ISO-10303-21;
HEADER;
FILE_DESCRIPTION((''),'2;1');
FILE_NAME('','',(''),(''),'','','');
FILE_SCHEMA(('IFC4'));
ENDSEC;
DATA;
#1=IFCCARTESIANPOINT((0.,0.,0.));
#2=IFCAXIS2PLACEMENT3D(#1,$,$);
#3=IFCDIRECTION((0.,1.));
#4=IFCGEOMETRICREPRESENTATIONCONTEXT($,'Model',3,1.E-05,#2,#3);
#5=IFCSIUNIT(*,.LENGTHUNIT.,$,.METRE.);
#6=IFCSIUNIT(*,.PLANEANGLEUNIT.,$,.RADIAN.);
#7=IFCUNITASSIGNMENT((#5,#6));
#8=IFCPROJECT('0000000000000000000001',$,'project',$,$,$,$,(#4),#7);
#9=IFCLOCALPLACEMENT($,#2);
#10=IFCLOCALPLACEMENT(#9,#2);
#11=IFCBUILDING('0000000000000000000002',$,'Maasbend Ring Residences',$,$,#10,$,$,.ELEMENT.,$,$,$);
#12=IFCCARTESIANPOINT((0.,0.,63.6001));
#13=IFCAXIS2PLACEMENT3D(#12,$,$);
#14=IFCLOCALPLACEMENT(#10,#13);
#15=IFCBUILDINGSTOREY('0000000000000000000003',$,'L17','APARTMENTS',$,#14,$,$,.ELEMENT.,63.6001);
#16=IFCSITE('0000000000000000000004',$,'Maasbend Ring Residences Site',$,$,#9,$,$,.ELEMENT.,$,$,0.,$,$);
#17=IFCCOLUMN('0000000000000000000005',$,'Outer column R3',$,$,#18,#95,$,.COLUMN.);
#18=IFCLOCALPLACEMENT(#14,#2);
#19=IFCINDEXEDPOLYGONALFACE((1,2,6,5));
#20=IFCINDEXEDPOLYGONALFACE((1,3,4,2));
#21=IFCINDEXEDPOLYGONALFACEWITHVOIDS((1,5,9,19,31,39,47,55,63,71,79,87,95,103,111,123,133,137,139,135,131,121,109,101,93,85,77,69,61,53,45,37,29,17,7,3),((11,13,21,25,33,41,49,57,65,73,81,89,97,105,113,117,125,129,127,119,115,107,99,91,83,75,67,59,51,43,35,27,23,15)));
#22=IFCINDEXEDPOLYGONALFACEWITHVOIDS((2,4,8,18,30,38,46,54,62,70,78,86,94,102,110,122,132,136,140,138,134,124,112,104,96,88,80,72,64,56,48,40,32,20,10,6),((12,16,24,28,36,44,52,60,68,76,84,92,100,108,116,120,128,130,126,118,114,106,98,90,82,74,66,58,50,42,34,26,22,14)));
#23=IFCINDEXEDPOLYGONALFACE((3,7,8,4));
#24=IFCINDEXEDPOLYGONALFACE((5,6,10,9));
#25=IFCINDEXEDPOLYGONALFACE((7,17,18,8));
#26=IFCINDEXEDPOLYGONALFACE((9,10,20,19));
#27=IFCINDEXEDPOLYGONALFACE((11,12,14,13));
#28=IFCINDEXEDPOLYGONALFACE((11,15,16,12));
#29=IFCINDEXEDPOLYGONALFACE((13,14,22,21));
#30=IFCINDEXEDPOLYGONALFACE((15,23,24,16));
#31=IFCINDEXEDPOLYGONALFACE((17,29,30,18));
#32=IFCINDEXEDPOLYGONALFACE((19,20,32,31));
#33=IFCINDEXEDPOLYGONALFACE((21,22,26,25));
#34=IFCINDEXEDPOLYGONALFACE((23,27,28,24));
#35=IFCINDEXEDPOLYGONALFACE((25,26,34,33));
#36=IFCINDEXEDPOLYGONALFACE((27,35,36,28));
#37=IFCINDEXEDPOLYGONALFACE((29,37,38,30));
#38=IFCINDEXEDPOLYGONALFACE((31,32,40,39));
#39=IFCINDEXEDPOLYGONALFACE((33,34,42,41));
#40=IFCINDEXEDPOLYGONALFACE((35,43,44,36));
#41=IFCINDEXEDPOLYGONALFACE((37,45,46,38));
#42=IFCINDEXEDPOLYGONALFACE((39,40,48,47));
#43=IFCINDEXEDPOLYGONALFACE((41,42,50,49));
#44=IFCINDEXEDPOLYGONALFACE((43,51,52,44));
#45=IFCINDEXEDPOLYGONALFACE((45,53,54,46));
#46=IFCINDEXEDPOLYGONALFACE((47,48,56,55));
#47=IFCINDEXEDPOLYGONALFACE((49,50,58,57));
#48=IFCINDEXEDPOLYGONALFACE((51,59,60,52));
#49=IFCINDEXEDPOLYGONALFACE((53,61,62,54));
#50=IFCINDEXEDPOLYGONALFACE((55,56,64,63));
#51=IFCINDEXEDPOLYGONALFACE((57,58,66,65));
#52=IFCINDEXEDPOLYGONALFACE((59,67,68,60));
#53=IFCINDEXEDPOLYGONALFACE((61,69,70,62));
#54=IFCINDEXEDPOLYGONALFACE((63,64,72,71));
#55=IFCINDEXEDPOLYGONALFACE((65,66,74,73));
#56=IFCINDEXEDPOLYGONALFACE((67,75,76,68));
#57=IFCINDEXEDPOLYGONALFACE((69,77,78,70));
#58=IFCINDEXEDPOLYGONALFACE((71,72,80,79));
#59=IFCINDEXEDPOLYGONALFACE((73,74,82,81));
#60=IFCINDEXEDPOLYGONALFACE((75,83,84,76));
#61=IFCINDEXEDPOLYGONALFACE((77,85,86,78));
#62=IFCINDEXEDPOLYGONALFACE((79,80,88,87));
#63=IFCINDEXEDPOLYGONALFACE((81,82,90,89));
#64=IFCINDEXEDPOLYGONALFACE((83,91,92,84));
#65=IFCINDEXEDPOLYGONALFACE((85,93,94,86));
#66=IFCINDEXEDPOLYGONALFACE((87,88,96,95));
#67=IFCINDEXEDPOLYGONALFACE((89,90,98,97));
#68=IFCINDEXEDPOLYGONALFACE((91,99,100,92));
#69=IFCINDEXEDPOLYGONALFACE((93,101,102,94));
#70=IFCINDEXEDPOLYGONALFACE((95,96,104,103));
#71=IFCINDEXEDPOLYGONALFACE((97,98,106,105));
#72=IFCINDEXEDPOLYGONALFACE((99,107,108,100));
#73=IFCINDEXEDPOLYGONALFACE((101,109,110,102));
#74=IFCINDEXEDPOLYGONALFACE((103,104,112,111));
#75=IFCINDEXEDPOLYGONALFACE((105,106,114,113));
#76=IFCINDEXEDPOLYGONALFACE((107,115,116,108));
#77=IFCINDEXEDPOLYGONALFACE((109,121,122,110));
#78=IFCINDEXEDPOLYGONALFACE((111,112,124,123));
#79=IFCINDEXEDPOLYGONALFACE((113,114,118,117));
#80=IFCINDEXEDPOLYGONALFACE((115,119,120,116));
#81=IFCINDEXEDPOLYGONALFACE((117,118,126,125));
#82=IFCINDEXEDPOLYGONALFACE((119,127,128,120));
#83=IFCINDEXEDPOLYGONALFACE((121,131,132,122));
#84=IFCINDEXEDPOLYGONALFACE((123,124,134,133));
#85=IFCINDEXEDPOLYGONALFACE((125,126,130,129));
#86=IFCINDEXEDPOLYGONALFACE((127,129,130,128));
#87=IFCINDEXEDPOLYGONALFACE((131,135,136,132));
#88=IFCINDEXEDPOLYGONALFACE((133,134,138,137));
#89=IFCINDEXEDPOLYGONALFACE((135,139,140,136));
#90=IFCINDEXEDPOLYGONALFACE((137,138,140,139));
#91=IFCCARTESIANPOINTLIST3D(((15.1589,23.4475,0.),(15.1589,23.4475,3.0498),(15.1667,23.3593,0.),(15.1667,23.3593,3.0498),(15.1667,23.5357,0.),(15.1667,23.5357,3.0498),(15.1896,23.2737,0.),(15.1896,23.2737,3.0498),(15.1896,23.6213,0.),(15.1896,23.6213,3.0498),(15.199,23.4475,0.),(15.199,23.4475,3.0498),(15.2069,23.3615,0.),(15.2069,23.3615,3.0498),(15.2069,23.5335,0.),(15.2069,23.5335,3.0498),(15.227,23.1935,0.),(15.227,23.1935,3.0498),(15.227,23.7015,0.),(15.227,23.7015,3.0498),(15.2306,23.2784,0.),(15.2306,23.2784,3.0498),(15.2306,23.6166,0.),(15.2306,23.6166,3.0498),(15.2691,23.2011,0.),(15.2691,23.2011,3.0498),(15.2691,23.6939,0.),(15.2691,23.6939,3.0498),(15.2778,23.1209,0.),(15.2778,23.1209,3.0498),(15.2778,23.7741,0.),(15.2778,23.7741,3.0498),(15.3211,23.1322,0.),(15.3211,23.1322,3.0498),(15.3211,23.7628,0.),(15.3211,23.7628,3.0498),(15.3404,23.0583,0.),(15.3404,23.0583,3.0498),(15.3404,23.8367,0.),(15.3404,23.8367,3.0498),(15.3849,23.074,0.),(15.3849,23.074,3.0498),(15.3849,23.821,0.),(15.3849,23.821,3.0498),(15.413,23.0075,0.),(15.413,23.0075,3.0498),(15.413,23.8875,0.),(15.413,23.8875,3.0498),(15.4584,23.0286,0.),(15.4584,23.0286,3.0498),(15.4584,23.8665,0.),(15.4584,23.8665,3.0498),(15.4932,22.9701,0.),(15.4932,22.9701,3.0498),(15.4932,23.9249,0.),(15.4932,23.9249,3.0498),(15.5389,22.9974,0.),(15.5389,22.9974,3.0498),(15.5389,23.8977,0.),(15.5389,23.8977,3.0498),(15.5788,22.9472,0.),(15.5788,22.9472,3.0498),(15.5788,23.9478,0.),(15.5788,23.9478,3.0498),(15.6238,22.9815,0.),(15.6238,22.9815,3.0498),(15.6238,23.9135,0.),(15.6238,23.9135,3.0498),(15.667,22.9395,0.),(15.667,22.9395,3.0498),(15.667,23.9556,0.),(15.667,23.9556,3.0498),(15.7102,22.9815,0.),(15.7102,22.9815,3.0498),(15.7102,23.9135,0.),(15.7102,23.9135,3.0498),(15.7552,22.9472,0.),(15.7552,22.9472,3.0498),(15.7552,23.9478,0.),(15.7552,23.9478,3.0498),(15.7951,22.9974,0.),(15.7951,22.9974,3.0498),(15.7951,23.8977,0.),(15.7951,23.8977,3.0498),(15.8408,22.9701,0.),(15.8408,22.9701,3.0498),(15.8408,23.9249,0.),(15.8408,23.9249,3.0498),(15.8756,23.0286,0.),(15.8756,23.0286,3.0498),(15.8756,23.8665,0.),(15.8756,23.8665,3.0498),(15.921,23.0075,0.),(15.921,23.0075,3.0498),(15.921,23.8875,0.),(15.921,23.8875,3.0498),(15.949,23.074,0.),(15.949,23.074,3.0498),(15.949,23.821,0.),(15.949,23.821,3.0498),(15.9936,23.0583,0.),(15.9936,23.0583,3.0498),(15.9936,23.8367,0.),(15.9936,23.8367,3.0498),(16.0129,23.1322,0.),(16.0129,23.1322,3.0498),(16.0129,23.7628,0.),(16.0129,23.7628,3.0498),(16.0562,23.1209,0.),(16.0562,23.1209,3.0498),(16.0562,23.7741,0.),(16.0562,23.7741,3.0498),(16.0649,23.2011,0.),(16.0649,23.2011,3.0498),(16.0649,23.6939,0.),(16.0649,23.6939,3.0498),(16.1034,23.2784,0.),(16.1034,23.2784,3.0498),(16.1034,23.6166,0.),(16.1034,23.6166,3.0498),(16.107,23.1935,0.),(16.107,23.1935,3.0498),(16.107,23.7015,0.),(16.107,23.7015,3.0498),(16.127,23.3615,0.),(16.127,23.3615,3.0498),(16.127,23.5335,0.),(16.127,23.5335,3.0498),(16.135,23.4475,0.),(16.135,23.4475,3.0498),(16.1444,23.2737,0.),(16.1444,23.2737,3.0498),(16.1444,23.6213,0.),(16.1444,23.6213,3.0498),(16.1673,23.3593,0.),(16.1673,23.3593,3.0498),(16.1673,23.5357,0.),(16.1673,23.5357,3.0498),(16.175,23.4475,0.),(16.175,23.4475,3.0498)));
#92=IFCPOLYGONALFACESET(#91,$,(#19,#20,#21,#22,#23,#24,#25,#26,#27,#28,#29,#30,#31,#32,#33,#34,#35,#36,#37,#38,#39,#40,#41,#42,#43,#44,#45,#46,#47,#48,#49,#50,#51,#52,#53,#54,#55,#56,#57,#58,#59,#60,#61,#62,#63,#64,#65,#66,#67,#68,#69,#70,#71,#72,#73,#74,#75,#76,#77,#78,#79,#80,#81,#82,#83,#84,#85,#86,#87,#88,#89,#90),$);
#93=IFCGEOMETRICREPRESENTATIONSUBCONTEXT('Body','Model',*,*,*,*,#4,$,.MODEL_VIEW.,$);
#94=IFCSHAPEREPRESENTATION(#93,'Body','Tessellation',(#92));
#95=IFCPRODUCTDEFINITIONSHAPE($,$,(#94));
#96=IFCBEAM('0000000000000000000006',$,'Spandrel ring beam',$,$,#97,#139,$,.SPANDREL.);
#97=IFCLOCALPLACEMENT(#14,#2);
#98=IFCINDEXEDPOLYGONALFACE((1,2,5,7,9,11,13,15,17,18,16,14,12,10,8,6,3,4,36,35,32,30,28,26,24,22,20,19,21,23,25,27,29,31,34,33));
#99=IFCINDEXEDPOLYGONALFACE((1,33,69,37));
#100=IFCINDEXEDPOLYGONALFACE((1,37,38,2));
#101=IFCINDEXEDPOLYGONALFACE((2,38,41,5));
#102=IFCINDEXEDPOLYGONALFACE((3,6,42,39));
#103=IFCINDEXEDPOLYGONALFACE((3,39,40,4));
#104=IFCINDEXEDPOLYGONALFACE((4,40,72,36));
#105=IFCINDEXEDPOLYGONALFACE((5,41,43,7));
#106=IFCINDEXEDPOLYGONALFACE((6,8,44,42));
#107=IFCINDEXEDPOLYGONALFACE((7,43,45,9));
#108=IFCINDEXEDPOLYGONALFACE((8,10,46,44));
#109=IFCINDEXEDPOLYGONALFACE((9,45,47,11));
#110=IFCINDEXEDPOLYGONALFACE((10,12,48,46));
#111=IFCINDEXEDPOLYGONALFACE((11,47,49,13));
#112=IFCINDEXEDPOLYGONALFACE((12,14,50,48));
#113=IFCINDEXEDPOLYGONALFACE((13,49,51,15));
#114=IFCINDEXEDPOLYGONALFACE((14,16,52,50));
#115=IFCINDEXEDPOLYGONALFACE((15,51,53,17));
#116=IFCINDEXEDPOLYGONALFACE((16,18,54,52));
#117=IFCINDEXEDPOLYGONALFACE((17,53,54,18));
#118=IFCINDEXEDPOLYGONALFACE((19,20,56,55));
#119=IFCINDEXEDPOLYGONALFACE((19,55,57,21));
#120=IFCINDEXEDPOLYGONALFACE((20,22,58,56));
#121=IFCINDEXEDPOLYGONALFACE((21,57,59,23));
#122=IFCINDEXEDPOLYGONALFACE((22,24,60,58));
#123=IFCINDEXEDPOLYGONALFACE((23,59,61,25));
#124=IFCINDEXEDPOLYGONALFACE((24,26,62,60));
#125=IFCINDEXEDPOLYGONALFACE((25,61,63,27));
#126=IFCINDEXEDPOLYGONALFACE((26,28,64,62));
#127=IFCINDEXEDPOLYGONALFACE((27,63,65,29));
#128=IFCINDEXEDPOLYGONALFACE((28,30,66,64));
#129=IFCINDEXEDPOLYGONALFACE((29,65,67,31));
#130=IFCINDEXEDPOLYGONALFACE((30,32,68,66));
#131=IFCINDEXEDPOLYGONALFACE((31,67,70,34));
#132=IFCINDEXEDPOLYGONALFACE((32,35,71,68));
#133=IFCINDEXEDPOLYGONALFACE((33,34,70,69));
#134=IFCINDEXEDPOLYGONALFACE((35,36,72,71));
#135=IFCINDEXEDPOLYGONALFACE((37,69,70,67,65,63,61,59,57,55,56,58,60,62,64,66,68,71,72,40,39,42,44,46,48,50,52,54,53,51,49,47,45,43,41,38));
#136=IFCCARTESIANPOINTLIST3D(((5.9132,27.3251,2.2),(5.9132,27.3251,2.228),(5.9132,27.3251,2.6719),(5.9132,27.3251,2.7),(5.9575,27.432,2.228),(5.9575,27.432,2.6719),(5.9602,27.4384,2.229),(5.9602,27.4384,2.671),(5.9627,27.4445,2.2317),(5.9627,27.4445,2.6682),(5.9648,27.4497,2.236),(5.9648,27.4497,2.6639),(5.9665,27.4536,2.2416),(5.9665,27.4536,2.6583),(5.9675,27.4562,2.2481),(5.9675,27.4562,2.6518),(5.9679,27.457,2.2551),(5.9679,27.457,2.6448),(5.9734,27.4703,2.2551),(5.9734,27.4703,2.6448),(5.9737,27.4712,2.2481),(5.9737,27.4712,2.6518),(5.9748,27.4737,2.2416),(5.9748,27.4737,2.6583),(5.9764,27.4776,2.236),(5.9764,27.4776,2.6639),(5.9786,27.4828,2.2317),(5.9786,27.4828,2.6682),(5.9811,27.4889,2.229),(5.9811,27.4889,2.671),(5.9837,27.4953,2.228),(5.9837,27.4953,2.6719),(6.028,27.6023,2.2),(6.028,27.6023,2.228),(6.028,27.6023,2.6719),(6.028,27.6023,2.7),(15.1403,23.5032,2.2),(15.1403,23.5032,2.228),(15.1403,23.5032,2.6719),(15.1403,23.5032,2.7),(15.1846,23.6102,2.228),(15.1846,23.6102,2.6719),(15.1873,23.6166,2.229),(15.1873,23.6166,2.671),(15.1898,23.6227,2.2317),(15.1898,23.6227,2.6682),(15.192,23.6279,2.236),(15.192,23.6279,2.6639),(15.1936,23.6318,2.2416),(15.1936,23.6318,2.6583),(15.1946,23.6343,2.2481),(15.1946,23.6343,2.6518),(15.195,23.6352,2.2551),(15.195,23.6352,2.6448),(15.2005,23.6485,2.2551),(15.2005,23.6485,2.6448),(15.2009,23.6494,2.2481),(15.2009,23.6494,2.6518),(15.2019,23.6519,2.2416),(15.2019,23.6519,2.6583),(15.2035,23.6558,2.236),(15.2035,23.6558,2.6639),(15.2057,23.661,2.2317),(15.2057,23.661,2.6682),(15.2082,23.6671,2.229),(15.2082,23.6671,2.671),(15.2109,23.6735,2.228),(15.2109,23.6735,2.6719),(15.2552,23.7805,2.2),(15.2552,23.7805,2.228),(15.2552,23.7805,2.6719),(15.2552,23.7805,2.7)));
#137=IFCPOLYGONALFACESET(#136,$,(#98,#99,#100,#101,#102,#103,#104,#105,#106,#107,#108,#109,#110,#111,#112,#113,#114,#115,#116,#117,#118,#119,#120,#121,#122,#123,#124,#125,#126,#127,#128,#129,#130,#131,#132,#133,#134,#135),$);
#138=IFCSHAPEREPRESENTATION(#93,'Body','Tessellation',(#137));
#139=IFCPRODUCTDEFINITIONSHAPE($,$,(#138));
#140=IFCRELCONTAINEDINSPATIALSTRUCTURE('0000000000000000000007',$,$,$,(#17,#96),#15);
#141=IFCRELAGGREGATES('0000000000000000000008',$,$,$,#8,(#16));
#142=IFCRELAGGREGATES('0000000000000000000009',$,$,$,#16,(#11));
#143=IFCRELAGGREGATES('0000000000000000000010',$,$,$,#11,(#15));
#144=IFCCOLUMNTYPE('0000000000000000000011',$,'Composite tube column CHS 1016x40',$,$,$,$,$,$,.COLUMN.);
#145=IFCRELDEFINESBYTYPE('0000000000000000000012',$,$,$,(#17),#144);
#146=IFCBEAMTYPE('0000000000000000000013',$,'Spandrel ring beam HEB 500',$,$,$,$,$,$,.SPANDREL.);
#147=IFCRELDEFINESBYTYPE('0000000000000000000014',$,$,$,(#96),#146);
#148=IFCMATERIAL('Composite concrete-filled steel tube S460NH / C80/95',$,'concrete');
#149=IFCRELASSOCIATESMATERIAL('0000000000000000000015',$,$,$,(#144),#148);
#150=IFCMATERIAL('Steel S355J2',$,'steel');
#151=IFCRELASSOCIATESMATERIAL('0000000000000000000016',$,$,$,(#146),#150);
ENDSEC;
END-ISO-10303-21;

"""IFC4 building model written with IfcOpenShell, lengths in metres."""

from ifc_helpers import new_model, si_unit, direction, frame, origin, origin_2d, place, context, subcontext, project, spatial, hollow_circle, i_section, extrude, material, material_profile, profile_set, type_object, element, save


model = new_model("IFC4")

# Units and contexts
model_context = context("Model", 3, precision=1e-05, world=origin(), true_north=direction((0.0, 1.0)))
body_context = subcontext(model_context, "Body", "Model", "MODEL_VIEW")
ifc_project = project(units=[si_unit("LENGTHUNIT", "METRE"), si_unit("PLANEANGLEUNIT", "RADIAN")], contexts=[model_context])

# Site, building, storey
site_placement = place(None, origin())
site = spatial("IfcSite", under=ifc_project, at=site_placement, Name="Maasbend Ring Residences Site", CompositionType="ELEMENT", RefElevation=0.0)
building_placement = place(site_placement, origin())
building = spatial("IfcBuilding", under=site, at=building_placement, Name="Maasbend Ring Residences", CompositionType="ELEMENT")
storey_placement = place(building_placement, frame((0.0, 0.0, 63.6001)))
storey = spatial("IfcBuildingStorey", under=building, at=storey_placement, Name="L17", Description="APARTMENTS", CompositionType="ELEMENT", Elevation=63.6001)

# Column
ifc_material_1 = material(Name="Composite concrete-filled steel tube S460NH / C80/95", Category="concrete")
ifc_material_profile_1 = material_profile(ifc_material_1, hollow_circle(Radius=0.5081, WallThickness=0.04, at=origin_2d()), Name="Composite tube column CHS 1016x40")
ifc_profile_set_1 = profile_set([ifc_material_profile_1], Name="Composite concrete-filled steel tube S460NH / C80/95")
column_type = type_object("IfcColumnType", Name="Composite tube column CHS 1016x40", PredefinedType="COLUMN", material=ifc_profile_set_1)
column_placement = place(storey_placement, frame((15.667, 23.4475, 0.0), z_axis=(0.0, 0.0, 1.0), x_axis=(1.0, 0.0, 0.0)))
element("IfcColumn", 1, at=column_placement, inside=storey, type_object=column_type, Name="Outer column R3", PredefinedType="COLUMN", context=body_context, shape_type="SweptSolid", body=[
    extrude(hollow_circle(Radius=0.5081, WallThickness=0.04, at=origin_2d()), origin(), (0.0, 0.0, 1.0), 3.0498),
])

# Beam
ifc_material_2 = material(Name="Steel S355J2", Category="steel")
ifc_material_profile_2 = material_profile(ifc_material_2, i_section(OverallWidth=0.3, OverallDepth=0.5, WebThickness=0.0144, FlangeThickness=0.0281, FilletRadius=0.0271, at=origin_2d()), Name="HEB 500")
ifc_profile_set_2 = profile_set([ifc_material_profile_2], Name="Steel S355J2")
beam_type = type_object("IfcBeamType", Name="Spandrel ring beam HEB 500", PredefinedType="SPANDREL", material=ifc_profile_set_2)
beam_placement = place(storey_placement, frame((15.1978, 23.6418, 2.45), z_axis=(-0.923886, 0.382667, 0.0), x_axis=(-0.382667, -0.923886, 0.0)))
element("IfcBeam", 2, at=beam_placement, inside=storey, type_object=beam_type, Name="Spandrel ring beam", PredefinedType="SPANDREL", context=body_context, shape_type="SweptSolid", body=[
    extrude(i_section(OverallWidth=0.3, OverallDepth=0.5, WebThickness=0.0144, FlangeThickness=0.0281, FilletRadius=0.0271, at=origin_2d()), origin(), (0.0, 0.0, 1.0), 9.9873),
])

save(model, "model.ifc")
